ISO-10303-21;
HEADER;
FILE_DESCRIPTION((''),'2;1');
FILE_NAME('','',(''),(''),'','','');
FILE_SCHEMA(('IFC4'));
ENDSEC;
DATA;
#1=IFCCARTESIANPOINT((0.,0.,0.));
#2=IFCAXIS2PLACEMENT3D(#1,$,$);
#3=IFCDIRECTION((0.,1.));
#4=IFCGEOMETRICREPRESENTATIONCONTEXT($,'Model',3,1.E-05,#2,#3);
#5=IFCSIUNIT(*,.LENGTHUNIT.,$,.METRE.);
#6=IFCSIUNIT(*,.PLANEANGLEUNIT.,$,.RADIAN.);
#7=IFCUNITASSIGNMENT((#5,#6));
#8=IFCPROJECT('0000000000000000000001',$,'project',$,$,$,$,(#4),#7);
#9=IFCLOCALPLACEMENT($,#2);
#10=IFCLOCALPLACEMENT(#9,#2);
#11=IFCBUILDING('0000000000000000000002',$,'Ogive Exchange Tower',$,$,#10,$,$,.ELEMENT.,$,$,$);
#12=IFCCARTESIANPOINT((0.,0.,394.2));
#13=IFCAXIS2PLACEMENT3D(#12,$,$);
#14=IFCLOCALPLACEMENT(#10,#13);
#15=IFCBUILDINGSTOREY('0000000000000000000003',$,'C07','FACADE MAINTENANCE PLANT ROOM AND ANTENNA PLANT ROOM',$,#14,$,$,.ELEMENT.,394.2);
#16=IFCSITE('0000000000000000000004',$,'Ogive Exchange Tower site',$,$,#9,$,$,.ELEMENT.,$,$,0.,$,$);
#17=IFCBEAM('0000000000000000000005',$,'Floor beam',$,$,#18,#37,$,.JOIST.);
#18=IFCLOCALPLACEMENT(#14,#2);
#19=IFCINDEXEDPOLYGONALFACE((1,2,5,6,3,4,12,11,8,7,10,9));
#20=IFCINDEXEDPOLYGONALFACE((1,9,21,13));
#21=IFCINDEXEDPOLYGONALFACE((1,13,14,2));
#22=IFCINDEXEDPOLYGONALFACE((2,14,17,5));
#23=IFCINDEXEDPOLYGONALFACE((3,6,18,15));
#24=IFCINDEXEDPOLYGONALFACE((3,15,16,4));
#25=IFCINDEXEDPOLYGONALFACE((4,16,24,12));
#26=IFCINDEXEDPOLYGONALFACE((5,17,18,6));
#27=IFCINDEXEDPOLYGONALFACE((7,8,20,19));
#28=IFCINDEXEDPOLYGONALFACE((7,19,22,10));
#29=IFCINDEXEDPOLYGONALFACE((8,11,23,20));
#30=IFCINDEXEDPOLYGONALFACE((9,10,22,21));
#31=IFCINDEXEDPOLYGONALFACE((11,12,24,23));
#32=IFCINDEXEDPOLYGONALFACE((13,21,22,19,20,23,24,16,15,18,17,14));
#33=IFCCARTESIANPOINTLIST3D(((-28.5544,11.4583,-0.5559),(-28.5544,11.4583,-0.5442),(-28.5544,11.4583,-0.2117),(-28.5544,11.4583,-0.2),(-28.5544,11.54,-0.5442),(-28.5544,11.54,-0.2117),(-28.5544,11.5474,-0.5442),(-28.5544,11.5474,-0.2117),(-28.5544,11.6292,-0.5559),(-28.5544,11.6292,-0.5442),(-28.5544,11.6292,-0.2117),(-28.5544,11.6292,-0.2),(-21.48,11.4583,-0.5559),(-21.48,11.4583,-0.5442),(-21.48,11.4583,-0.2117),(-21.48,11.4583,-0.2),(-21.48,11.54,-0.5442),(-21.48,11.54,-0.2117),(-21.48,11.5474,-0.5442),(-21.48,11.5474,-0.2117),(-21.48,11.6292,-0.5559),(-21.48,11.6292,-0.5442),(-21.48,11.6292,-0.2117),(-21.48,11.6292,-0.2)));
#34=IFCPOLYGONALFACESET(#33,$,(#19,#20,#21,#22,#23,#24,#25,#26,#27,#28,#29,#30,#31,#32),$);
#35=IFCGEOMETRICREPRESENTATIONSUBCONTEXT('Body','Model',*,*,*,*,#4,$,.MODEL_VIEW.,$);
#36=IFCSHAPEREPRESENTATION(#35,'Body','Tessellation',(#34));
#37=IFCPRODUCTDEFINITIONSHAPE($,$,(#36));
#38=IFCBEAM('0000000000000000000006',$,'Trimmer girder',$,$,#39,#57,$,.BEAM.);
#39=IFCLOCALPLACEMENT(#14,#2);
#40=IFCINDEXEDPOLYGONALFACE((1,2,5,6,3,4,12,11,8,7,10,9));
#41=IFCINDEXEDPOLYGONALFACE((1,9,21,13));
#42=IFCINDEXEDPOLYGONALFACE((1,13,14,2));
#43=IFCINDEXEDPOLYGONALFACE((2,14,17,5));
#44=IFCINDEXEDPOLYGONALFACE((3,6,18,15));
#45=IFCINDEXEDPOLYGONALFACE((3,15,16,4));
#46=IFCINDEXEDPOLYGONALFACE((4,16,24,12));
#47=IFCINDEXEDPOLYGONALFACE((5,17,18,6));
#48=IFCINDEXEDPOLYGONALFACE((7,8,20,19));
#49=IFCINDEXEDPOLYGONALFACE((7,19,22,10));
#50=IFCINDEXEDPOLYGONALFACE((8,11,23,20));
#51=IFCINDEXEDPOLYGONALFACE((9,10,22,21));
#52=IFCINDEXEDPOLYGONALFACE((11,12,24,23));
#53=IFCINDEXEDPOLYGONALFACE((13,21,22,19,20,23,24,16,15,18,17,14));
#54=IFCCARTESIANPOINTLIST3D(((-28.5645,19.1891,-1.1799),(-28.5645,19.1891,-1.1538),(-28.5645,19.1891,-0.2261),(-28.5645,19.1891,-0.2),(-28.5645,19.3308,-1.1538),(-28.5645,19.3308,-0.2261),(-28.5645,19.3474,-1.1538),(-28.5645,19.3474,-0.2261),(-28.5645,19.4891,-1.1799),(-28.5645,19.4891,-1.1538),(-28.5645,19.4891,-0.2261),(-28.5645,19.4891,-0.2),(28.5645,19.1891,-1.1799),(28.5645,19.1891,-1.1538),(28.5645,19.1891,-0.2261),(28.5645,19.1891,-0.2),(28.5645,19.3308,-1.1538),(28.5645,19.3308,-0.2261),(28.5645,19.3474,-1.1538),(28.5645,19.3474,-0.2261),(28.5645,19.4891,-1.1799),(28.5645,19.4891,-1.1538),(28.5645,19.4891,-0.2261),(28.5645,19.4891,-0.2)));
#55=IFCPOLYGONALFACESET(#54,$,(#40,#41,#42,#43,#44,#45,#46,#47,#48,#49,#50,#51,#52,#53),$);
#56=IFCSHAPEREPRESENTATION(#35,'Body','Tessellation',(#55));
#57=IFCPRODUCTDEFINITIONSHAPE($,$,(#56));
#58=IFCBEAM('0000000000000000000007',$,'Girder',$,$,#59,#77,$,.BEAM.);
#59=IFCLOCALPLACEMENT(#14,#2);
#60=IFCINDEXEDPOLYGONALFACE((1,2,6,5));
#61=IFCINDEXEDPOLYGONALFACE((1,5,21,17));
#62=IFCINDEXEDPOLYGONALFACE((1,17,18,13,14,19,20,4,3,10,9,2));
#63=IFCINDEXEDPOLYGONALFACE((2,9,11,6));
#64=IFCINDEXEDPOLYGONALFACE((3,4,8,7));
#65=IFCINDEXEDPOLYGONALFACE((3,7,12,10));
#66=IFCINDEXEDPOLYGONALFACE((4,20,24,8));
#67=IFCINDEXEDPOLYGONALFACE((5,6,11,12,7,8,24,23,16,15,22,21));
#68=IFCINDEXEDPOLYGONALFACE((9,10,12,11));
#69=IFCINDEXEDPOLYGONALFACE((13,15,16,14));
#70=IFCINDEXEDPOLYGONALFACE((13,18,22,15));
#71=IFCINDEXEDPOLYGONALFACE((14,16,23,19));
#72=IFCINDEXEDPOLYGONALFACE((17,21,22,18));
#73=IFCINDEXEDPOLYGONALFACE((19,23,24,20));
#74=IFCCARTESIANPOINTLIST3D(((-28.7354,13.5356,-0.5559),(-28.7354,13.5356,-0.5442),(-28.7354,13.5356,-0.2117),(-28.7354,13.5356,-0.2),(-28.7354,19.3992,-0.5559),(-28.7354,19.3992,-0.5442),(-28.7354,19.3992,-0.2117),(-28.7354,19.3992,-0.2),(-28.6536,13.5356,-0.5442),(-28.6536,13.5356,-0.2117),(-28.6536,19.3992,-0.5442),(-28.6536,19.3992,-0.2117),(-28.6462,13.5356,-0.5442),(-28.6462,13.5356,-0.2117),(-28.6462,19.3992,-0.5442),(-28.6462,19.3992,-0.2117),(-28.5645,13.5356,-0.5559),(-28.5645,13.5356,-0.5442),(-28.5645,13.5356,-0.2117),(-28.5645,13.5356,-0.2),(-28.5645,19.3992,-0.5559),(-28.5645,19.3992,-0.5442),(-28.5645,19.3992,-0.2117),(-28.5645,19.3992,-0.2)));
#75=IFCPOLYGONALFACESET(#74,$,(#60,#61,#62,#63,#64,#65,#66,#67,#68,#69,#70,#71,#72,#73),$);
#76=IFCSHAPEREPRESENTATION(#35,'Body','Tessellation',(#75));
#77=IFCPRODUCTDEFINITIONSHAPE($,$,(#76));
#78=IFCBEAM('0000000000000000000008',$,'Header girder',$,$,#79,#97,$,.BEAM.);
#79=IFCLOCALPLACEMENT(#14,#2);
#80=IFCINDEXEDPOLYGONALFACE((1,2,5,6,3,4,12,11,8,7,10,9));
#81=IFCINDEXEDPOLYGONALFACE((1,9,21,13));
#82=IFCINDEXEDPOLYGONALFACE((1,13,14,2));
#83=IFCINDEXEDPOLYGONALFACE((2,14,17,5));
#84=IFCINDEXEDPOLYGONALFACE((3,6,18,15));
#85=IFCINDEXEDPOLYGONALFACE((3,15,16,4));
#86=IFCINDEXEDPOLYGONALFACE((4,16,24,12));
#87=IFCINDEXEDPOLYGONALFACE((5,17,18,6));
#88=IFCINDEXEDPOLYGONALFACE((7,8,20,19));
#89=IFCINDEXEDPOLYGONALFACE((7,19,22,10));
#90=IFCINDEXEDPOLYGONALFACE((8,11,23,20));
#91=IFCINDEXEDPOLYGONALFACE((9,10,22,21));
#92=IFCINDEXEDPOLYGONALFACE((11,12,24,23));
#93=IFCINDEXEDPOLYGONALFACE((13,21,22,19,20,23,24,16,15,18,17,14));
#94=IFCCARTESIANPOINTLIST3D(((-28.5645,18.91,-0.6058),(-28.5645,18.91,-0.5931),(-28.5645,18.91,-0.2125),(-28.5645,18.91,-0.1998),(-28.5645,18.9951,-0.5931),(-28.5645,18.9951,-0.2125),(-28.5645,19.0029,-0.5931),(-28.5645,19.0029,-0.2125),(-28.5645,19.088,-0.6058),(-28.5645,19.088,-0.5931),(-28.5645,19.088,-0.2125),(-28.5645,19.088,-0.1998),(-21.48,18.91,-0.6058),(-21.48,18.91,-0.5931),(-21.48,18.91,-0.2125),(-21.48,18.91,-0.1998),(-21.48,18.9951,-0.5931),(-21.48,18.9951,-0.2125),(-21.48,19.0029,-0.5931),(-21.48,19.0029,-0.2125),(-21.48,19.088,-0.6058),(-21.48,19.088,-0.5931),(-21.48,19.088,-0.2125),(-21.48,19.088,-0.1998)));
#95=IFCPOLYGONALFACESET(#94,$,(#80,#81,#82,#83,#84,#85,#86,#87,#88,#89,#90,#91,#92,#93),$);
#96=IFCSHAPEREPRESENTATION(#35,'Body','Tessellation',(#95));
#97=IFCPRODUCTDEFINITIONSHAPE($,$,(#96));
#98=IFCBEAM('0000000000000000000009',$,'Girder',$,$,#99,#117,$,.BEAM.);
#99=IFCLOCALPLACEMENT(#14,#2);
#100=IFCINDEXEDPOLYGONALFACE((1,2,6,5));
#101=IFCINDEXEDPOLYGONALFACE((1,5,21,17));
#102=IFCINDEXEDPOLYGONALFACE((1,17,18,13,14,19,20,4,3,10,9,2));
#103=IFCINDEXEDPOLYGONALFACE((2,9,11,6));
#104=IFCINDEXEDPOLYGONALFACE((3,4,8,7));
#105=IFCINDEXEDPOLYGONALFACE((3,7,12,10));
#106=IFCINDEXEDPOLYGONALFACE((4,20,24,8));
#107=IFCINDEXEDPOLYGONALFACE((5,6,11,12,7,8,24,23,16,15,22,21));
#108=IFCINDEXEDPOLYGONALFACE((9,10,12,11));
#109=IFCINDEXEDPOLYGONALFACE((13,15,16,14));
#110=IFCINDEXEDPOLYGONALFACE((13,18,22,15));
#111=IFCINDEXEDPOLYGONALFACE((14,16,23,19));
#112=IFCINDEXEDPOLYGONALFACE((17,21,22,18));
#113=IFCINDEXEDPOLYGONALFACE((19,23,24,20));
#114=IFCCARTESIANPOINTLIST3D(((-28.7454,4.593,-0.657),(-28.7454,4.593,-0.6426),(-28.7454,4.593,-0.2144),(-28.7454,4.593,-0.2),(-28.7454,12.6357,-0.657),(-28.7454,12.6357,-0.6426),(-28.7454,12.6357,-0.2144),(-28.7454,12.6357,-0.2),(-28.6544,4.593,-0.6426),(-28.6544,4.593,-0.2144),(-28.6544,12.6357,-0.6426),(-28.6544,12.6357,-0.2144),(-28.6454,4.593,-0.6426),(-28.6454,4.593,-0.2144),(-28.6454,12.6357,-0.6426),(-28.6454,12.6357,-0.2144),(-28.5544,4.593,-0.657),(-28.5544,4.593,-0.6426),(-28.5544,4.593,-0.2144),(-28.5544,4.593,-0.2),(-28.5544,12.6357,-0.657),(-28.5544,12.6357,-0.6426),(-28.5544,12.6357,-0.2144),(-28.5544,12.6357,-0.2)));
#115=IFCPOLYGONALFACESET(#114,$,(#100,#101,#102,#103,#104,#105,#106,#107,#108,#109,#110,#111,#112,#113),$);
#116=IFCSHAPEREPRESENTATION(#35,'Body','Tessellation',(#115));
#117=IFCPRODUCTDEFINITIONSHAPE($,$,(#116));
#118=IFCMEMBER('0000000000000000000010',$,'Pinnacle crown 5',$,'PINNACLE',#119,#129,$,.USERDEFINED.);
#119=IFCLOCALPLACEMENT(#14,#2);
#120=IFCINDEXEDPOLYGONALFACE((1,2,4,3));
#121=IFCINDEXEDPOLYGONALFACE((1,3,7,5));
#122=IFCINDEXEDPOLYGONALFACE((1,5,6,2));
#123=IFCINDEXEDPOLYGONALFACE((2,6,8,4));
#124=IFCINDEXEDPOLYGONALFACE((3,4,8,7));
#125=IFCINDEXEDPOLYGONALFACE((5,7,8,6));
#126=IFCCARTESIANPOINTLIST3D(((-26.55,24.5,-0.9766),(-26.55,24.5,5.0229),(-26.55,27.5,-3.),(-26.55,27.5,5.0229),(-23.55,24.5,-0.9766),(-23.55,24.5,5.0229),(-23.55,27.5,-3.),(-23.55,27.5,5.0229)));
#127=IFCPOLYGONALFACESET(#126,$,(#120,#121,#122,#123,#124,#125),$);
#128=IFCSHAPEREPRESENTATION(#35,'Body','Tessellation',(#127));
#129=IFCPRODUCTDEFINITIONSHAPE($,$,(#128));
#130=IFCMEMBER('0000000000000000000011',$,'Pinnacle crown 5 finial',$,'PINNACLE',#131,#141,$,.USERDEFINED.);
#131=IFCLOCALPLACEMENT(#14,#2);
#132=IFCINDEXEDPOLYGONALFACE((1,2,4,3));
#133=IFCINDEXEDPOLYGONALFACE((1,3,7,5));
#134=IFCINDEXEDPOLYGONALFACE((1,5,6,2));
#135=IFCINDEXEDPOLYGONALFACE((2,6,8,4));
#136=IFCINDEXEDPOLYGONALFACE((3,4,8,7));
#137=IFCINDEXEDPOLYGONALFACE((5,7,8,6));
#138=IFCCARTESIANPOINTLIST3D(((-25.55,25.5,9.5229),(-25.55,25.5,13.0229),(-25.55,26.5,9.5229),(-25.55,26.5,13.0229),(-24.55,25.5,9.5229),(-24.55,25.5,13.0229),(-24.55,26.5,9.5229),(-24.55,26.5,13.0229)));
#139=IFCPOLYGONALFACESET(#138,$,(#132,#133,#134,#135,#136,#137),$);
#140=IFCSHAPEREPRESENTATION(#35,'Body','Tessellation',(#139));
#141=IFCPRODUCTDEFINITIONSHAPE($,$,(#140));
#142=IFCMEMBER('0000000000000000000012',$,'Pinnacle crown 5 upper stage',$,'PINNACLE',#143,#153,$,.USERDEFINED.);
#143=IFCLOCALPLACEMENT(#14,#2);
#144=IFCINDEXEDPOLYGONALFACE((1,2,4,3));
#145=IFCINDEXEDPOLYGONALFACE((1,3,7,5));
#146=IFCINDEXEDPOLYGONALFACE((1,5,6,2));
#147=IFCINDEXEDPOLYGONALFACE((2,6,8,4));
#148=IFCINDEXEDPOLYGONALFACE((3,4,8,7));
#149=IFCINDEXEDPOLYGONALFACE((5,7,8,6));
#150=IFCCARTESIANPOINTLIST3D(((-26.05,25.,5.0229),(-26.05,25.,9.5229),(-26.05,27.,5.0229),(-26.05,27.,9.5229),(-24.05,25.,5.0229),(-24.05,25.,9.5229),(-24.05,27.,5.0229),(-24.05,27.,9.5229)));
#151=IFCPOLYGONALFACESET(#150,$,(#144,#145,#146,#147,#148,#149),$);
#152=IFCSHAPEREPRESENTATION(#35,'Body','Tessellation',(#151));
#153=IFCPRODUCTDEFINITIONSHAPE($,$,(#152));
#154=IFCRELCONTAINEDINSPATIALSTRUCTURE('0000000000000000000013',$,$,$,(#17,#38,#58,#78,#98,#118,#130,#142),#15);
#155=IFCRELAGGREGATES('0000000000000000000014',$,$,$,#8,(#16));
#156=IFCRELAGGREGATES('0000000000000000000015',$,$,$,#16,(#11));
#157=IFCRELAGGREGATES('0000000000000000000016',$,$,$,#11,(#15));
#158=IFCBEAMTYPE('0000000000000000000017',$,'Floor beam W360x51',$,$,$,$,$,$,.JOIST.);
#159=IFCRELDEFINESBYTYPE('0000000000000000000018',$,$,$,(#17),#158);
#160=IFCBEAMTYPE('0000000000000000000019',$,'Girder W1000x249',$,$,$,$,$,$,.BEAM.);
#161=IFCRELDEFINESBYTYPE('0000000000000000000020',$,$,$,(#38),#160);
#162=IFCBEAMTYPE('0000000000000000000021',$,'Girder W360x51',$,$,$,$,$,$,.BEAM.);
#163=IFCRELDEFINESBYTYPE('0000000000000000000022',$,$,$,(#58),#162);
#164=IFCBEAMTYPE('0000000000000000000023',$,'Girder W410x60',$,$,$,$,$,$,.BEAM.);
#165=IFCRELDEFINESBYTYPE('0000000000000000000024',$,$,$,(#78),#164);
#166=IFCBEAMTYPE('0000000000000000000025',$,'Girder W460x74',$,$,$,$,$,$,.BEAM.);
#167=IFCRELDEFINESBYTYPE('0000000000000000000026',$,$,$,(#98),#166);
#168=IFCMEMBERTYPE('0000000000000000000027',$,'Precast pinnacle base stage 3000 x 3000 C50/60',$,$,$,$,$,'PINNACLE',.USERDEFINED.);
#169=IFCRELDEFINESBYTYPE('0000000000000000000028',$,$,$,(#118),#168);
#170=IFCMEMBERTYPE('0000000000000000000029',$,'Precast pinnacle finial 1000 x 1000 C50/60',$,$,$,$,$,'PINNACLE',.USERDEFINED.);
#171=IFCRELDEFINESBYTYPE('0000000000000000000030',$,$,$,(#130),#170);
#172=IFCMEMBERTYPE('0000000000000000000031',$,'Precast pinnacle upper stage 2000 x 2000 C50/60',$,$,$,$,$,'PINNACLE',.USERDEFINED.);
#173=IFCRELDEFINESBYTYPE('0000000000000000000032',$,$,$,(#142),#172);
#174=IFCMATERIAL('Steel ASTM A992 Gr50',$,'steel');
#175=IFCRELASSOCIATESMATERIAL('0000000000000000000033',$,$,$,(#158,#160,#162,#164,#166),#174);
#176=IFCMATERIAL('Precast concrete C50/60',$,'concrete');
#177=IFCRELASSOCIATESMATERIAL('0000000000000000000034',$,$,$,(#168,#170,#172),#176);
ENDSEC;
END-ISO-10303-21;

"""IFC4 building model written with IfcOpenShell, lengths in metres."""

from ifc_helpers import new_model, si_unit, direction, frame, origin, origin_2d, place, context, subcontext, project, spatial, polyline, rectangle, i_section, outline, extrude, material, material_profile, profile_set, type_object, element, save


model = new_model("IFC4")

# Units and contexts
model_context = context("Model", 3, precision=1e-05, world=origin(), true_north=direction((0.0, 1.0)))
body_context = subcontext(model_context, "Body", "Model", "MODEL_VIEW")
ifc_project = project(units=[si_unit("LENGTHUNIT", "METRE"), si_unit("PLANEANGLEUNIT", "RADIAN")], contexts=[model_context])

# Site, building, storey
site_placement = place(None, origin())
site = spatial("IfcSite", under=ifc_project, at=site_placement, Name="Ogive Exchange Tower site", CompositionType="ELEMENT", RefElevation=0.0)
building_placement = place(site_placement, origin())
building = spatial("IfcBuilding", under=site, at=building_placement, Name="Ogive Exchange Tower", CompositionType="ELEMENT")
storey_placement = place(building_placement, frame((0.0, 0.0, 394.2)))
storey = spatial("IfcBuildingStorey", under=building, at=storey_placement, Name="C07", Description="FACADE MAINTENANCE PLANT ROOM AND ANTENNA PLANT ROOM", CompositionType="ELEMENT", Elevation=394.2)

# Beams
ifc_material_1 = material(Name="Steel ASTM A992 Gr50", Category="steel")
ifc_material_profile_1 = material_profile(ifc_material_1, i_section(OverallWidth=0.1709, OverallDepth=0.356, WebThickness=0.0073, FlangeThickness=0.0117, at=origin_2d()), Name="W360x51")
ifc_profile_set_1 = profile_set([ifc_material_profile_1], Name="Steel ASTM A992 Gr50")
beam_type_1 = type_object("IfcBeamType", Name="Floor beam W360x51", PredefinedType="JOIST", material=ifc_profile_set_1)
beam_1_placement = place(storey_placement, frame((-28.5544, 11.5437, -0.3779), z_axis=(1.0, 0.0, 0.0), x_axis=(0.0, 1.0, 0.0)))
element("IfcBeam", 1, at=beam_1_placement, inside=storey, type_object=beam_type_1, Name="Floor beam", PredefinedType="JOIST", context=body_context, shape_type="SweptSolid", body=[
    extrude(i_section(OverallWidth=0.1709, OverallDepth=0.356, WebThickness=0.0073, FlangeThickness=0.0117, at=origin_2d()), origin(), (0.0, 0.0, 1.0), 7.0745),
])
ifc_material_profile_2 = material_profile(ifc_material_1, i_section(OverallWidth=0.3, OverallDepth=0.98, WebThickness=0.0166, FlangeThickness=0.0261, at=origin_2d()), Name="W1000x249")
ifc_profile_set_2 = profile_set([ifc_material_profile_2], Name="Steel ASTM A992 Gr50")
beam_type_2 = type_object("IfcBeamType", Name="Girder W1000x249", PredefinedType="BEAM", material=ifc_profile_set_2)
beam_2_placement = place(storey_placement, frame((-28.5645, 19.3391, -0.6899), z_axis=(1.0, 0.0, 0.0), x_axis=(0.0, 1.0, 0.0)))
element("IfcBeam", 2, at=beam_2_placement, inside=storey, type_object=beam_type_2, Name="Trimmer girder", PredefinedType="BEAM", context=body_context, shape_type="SweptSolid", body=[
    extrude(i_section(OverallWidth=0.3, OverallDepth=0.98, WebThickness=0.0166, FlangeThickness=0.0261, at=origin_2d()), origin(), (0.0, 0.0, 1.0), 57.1289),
])
ifc_material_profile_3 = material_profile(ifc_material_1, i_section(OverallWidth=0.1709, OverallDepth=0.356, WebThickness=0.0073, FlangeThickness=0.0117, at=origin_2d()), Name="W360x51")
ifc_profile_set_3 = profile_set([ifc_material_profile_3], Name="Steel ASTM A992 Gr50")
beam_type_3 = type_object("IfcBeamType", Name="Girder W360x51", PredefinedType="BEAM", material=ifc_profile_set_3)
beam_3_placement = place(storey_placement, frame((-28.6499, 19.3992, -0.3779), z_axis=(0.0, -1.0, 0.0), x_axis=(1.0, 0.0, 0.0)))
element("IfcBeam", 3, at=beam_3_placement, inside=storey, type_object=beam_type_3, Name="Girder", PredefinedType="BEAM", context=body_context, shape_type="SweptSolid", body=[
    extrude(i_section(OverallWidth=0.1709, OverallDepth=0.356, WebThickness=0.0073, FlangeThickness=0.0117, at=origin_2d()), origin(), (0.0, 0.0, 1.0), 5.8635),
])
ifc_material_profile_4 = material_profile(ifc_material_1, i_section(OverallWidth=0.178, OverallDepth=0.406, WebThickness=0.0078, FlangeThickness=0.0127, at=origin_2d()), Name="W410x60")
ifc_profile_set_4 = profile_set([ifc_material_profile_4], Name="Steel ASTM A992 Gr50")
beam_type_4 = type_object("IfcBeamType", Name="Girder W410x60", PredefinedType="BEAM", material=ifc_profile_set_4)
beam_4_placement = place(storey_placement, frame((-28.5645, 18.999, -0.4028), z_axis=(1.0, 0.0, 0.0), x_axis=(0.0, 1.0, 0.0)))
element("IfcBeam", 4, at=beam_4_placement, inside=storey, type_object=beam_type_4, Name="Header girder", PredefinedType="BEAM", context=body_context, shape_type="SweptSolid", body=[
    extrude(i_section(OverallWidth=0.178, OverallDepth=0.406, WebThickness=0.0078, FlangeThickness=0.0127, at=origin_2d()), origin(), (0.0, 0.0, 1.0), 7.0845),
])
ifc_material_profile_5 = material_profile(ifc_material_1, i_section(OverallWidth=0.1909, OverallDepth=0.457, WebThickness=0.009, FlangeThickness=0.0144, at=origin_2d()), Name="W460x74")
ifc_profile_set_5 = profile_set([ifc_material_profile_5], Name="Steel ASTM A992 Gr50")
beam_type_5 = type_object("IfcBeamType", Name="Girder W460x74", PredefinedType="BEAM", material=ifc_profile_set_5)
beam_5_placement = place(storey_placement, frame((-28.6499, 12.6357, -0.4285), z_axis=(0.0, -1.0, 0.0), x_axis=(1.0, 0.0, 0.0)))
element("IfcBeam", 5, at=beam_5_placement, inside=storey, type_object=beam_type_5, Name="Girder", PredefinedType="BEAM", context=body_context, shape_type="SweptSolid", body=[
    extrude(i_section(OverallWidth=0.1909, OverallDepth=0.457, WebThickness=0.009, FlangeThickness=0.0144, at=origin_2d()), origin(), (0.0, 0.0, 1.0), 8.0427),
])

# Members
ifc_material_2 = material(Name="Precast concrete C50/60", Category="concrete")
ifc_material_profile_6 = material_profile(ifc_material_2, rectangle(XDim=3.0, YDim=3.0, at=origin_2d()), Name="PINNACLE 3000 x 3000")
ifc_profile_set_6 = profile_set([ifc_material_profile_6], Name="Precast concrete C50/60")
member_type_1 = type_object("IfcMemberType", Name="Precast pinnacle base stage 3000 x 3000 C50/60", ElementType="PINNACLE", PredefinedType="USERDEFINED", material=ifc_profile_set_6)
member_1_placement = place(storey_placement, frame((-26.55, 24.5, 5.0229), z_axis=(-1.0, 0.0, 0.0), x_axis=(0.0, 1.0, 0.0)))
element("IfcMember", 6, at=member_1_placement, inside=storey, type_object=member_type_1, Name="Pinnacle crown 5", ObjectType="PINNACLE", PredefinedType="USERDEFINED", context=body_context, shape_type="SweptSolid", body=[
    extrude(outline(polyline([(0.0, 0.0), (3.0, 0.0), (3.0, 8.0229), (0.0, 5.9995), (0.0, 0.0)])), origin(), (0.0, 0.0, -1.0), 3.0),
])
ifc_material_profile_7 = material_profile(ifc_material_2, rectangle(XDim=1.0, YDim=1.0, at=origin_2d()), Name="PINNACLE 1000 x 1000")
ifc_profile_set_7 = profile_set([ifc_material_profile_7], Name="Precast concrete C50/60")
member_type_2 = type_object("IfcMemberType", Name="Precast pinnacle finial 1000 x 1000 C50/60", ElementType="PINNACLE", PredefinedType="USERDEFINED", material=ifc_profile_set_7)
member_2_placement = place(storey_placement, frame((-25.05, 26.0, 9.5229), z_axis=(0.0, 0.0, 1.0), x_axis=(1.0, 0.0, 0.0)))
element("IfcMember", 7, at=member_2_placement, inside=storey, type_object=member_type_2, Name="Pinnacle crown 5 finial", ObjectType="PINNACLE", PredefinedType="USERDEFINED", context=body_context, shape_type="SweptSolid", body=[
    extrude(rectangle(XDim=1.0, YDim=1.0, at=origin_2d()), origin(), (0.0, 0.0, 1.0), 3.5),
])
ifc_material_profile_8 = material_profile(ifc_material_2, rectangle(XDim=2.0, YDim=2.0, at=origin_2d()), Name="PINNACLE 2000 x 2000")
ifc_profile_set_8 = profile_set([ifc_material_profile_8], Name="Precast concrete C50/60")
member_type_3 = type_object("IfcMemberType", Name="Precast pinnacle upper stage 2000 x 2000 C50/60", ElementType="PINNACLE", PredefinedType="USERDEFINED", material=ifc_profile_set_8)
member_3_placement = place(storey_placement, frame((-25.05, 26.0, 5.0229), z_axis=(0.0, 0.0, 1.0), x_axis=(1.0, 0.0, 0.0)))
element("IfcMember", 8, at=member_3_placement, inside=storey, type_object=member_type_3, Name="Pinnacle crown 5 upper stage", ObjectType="PINNACLE", PredefinedType="USERDEFINED", context=body_context, shape_type="SweptSolid", body=[
    extrude(rectangle(XDim=2.0, YDim=2.0, at=origin_2d()), origin(), (0.0, 0.0, 1.0), 4.5),
])

save(model, "model.ifc")
